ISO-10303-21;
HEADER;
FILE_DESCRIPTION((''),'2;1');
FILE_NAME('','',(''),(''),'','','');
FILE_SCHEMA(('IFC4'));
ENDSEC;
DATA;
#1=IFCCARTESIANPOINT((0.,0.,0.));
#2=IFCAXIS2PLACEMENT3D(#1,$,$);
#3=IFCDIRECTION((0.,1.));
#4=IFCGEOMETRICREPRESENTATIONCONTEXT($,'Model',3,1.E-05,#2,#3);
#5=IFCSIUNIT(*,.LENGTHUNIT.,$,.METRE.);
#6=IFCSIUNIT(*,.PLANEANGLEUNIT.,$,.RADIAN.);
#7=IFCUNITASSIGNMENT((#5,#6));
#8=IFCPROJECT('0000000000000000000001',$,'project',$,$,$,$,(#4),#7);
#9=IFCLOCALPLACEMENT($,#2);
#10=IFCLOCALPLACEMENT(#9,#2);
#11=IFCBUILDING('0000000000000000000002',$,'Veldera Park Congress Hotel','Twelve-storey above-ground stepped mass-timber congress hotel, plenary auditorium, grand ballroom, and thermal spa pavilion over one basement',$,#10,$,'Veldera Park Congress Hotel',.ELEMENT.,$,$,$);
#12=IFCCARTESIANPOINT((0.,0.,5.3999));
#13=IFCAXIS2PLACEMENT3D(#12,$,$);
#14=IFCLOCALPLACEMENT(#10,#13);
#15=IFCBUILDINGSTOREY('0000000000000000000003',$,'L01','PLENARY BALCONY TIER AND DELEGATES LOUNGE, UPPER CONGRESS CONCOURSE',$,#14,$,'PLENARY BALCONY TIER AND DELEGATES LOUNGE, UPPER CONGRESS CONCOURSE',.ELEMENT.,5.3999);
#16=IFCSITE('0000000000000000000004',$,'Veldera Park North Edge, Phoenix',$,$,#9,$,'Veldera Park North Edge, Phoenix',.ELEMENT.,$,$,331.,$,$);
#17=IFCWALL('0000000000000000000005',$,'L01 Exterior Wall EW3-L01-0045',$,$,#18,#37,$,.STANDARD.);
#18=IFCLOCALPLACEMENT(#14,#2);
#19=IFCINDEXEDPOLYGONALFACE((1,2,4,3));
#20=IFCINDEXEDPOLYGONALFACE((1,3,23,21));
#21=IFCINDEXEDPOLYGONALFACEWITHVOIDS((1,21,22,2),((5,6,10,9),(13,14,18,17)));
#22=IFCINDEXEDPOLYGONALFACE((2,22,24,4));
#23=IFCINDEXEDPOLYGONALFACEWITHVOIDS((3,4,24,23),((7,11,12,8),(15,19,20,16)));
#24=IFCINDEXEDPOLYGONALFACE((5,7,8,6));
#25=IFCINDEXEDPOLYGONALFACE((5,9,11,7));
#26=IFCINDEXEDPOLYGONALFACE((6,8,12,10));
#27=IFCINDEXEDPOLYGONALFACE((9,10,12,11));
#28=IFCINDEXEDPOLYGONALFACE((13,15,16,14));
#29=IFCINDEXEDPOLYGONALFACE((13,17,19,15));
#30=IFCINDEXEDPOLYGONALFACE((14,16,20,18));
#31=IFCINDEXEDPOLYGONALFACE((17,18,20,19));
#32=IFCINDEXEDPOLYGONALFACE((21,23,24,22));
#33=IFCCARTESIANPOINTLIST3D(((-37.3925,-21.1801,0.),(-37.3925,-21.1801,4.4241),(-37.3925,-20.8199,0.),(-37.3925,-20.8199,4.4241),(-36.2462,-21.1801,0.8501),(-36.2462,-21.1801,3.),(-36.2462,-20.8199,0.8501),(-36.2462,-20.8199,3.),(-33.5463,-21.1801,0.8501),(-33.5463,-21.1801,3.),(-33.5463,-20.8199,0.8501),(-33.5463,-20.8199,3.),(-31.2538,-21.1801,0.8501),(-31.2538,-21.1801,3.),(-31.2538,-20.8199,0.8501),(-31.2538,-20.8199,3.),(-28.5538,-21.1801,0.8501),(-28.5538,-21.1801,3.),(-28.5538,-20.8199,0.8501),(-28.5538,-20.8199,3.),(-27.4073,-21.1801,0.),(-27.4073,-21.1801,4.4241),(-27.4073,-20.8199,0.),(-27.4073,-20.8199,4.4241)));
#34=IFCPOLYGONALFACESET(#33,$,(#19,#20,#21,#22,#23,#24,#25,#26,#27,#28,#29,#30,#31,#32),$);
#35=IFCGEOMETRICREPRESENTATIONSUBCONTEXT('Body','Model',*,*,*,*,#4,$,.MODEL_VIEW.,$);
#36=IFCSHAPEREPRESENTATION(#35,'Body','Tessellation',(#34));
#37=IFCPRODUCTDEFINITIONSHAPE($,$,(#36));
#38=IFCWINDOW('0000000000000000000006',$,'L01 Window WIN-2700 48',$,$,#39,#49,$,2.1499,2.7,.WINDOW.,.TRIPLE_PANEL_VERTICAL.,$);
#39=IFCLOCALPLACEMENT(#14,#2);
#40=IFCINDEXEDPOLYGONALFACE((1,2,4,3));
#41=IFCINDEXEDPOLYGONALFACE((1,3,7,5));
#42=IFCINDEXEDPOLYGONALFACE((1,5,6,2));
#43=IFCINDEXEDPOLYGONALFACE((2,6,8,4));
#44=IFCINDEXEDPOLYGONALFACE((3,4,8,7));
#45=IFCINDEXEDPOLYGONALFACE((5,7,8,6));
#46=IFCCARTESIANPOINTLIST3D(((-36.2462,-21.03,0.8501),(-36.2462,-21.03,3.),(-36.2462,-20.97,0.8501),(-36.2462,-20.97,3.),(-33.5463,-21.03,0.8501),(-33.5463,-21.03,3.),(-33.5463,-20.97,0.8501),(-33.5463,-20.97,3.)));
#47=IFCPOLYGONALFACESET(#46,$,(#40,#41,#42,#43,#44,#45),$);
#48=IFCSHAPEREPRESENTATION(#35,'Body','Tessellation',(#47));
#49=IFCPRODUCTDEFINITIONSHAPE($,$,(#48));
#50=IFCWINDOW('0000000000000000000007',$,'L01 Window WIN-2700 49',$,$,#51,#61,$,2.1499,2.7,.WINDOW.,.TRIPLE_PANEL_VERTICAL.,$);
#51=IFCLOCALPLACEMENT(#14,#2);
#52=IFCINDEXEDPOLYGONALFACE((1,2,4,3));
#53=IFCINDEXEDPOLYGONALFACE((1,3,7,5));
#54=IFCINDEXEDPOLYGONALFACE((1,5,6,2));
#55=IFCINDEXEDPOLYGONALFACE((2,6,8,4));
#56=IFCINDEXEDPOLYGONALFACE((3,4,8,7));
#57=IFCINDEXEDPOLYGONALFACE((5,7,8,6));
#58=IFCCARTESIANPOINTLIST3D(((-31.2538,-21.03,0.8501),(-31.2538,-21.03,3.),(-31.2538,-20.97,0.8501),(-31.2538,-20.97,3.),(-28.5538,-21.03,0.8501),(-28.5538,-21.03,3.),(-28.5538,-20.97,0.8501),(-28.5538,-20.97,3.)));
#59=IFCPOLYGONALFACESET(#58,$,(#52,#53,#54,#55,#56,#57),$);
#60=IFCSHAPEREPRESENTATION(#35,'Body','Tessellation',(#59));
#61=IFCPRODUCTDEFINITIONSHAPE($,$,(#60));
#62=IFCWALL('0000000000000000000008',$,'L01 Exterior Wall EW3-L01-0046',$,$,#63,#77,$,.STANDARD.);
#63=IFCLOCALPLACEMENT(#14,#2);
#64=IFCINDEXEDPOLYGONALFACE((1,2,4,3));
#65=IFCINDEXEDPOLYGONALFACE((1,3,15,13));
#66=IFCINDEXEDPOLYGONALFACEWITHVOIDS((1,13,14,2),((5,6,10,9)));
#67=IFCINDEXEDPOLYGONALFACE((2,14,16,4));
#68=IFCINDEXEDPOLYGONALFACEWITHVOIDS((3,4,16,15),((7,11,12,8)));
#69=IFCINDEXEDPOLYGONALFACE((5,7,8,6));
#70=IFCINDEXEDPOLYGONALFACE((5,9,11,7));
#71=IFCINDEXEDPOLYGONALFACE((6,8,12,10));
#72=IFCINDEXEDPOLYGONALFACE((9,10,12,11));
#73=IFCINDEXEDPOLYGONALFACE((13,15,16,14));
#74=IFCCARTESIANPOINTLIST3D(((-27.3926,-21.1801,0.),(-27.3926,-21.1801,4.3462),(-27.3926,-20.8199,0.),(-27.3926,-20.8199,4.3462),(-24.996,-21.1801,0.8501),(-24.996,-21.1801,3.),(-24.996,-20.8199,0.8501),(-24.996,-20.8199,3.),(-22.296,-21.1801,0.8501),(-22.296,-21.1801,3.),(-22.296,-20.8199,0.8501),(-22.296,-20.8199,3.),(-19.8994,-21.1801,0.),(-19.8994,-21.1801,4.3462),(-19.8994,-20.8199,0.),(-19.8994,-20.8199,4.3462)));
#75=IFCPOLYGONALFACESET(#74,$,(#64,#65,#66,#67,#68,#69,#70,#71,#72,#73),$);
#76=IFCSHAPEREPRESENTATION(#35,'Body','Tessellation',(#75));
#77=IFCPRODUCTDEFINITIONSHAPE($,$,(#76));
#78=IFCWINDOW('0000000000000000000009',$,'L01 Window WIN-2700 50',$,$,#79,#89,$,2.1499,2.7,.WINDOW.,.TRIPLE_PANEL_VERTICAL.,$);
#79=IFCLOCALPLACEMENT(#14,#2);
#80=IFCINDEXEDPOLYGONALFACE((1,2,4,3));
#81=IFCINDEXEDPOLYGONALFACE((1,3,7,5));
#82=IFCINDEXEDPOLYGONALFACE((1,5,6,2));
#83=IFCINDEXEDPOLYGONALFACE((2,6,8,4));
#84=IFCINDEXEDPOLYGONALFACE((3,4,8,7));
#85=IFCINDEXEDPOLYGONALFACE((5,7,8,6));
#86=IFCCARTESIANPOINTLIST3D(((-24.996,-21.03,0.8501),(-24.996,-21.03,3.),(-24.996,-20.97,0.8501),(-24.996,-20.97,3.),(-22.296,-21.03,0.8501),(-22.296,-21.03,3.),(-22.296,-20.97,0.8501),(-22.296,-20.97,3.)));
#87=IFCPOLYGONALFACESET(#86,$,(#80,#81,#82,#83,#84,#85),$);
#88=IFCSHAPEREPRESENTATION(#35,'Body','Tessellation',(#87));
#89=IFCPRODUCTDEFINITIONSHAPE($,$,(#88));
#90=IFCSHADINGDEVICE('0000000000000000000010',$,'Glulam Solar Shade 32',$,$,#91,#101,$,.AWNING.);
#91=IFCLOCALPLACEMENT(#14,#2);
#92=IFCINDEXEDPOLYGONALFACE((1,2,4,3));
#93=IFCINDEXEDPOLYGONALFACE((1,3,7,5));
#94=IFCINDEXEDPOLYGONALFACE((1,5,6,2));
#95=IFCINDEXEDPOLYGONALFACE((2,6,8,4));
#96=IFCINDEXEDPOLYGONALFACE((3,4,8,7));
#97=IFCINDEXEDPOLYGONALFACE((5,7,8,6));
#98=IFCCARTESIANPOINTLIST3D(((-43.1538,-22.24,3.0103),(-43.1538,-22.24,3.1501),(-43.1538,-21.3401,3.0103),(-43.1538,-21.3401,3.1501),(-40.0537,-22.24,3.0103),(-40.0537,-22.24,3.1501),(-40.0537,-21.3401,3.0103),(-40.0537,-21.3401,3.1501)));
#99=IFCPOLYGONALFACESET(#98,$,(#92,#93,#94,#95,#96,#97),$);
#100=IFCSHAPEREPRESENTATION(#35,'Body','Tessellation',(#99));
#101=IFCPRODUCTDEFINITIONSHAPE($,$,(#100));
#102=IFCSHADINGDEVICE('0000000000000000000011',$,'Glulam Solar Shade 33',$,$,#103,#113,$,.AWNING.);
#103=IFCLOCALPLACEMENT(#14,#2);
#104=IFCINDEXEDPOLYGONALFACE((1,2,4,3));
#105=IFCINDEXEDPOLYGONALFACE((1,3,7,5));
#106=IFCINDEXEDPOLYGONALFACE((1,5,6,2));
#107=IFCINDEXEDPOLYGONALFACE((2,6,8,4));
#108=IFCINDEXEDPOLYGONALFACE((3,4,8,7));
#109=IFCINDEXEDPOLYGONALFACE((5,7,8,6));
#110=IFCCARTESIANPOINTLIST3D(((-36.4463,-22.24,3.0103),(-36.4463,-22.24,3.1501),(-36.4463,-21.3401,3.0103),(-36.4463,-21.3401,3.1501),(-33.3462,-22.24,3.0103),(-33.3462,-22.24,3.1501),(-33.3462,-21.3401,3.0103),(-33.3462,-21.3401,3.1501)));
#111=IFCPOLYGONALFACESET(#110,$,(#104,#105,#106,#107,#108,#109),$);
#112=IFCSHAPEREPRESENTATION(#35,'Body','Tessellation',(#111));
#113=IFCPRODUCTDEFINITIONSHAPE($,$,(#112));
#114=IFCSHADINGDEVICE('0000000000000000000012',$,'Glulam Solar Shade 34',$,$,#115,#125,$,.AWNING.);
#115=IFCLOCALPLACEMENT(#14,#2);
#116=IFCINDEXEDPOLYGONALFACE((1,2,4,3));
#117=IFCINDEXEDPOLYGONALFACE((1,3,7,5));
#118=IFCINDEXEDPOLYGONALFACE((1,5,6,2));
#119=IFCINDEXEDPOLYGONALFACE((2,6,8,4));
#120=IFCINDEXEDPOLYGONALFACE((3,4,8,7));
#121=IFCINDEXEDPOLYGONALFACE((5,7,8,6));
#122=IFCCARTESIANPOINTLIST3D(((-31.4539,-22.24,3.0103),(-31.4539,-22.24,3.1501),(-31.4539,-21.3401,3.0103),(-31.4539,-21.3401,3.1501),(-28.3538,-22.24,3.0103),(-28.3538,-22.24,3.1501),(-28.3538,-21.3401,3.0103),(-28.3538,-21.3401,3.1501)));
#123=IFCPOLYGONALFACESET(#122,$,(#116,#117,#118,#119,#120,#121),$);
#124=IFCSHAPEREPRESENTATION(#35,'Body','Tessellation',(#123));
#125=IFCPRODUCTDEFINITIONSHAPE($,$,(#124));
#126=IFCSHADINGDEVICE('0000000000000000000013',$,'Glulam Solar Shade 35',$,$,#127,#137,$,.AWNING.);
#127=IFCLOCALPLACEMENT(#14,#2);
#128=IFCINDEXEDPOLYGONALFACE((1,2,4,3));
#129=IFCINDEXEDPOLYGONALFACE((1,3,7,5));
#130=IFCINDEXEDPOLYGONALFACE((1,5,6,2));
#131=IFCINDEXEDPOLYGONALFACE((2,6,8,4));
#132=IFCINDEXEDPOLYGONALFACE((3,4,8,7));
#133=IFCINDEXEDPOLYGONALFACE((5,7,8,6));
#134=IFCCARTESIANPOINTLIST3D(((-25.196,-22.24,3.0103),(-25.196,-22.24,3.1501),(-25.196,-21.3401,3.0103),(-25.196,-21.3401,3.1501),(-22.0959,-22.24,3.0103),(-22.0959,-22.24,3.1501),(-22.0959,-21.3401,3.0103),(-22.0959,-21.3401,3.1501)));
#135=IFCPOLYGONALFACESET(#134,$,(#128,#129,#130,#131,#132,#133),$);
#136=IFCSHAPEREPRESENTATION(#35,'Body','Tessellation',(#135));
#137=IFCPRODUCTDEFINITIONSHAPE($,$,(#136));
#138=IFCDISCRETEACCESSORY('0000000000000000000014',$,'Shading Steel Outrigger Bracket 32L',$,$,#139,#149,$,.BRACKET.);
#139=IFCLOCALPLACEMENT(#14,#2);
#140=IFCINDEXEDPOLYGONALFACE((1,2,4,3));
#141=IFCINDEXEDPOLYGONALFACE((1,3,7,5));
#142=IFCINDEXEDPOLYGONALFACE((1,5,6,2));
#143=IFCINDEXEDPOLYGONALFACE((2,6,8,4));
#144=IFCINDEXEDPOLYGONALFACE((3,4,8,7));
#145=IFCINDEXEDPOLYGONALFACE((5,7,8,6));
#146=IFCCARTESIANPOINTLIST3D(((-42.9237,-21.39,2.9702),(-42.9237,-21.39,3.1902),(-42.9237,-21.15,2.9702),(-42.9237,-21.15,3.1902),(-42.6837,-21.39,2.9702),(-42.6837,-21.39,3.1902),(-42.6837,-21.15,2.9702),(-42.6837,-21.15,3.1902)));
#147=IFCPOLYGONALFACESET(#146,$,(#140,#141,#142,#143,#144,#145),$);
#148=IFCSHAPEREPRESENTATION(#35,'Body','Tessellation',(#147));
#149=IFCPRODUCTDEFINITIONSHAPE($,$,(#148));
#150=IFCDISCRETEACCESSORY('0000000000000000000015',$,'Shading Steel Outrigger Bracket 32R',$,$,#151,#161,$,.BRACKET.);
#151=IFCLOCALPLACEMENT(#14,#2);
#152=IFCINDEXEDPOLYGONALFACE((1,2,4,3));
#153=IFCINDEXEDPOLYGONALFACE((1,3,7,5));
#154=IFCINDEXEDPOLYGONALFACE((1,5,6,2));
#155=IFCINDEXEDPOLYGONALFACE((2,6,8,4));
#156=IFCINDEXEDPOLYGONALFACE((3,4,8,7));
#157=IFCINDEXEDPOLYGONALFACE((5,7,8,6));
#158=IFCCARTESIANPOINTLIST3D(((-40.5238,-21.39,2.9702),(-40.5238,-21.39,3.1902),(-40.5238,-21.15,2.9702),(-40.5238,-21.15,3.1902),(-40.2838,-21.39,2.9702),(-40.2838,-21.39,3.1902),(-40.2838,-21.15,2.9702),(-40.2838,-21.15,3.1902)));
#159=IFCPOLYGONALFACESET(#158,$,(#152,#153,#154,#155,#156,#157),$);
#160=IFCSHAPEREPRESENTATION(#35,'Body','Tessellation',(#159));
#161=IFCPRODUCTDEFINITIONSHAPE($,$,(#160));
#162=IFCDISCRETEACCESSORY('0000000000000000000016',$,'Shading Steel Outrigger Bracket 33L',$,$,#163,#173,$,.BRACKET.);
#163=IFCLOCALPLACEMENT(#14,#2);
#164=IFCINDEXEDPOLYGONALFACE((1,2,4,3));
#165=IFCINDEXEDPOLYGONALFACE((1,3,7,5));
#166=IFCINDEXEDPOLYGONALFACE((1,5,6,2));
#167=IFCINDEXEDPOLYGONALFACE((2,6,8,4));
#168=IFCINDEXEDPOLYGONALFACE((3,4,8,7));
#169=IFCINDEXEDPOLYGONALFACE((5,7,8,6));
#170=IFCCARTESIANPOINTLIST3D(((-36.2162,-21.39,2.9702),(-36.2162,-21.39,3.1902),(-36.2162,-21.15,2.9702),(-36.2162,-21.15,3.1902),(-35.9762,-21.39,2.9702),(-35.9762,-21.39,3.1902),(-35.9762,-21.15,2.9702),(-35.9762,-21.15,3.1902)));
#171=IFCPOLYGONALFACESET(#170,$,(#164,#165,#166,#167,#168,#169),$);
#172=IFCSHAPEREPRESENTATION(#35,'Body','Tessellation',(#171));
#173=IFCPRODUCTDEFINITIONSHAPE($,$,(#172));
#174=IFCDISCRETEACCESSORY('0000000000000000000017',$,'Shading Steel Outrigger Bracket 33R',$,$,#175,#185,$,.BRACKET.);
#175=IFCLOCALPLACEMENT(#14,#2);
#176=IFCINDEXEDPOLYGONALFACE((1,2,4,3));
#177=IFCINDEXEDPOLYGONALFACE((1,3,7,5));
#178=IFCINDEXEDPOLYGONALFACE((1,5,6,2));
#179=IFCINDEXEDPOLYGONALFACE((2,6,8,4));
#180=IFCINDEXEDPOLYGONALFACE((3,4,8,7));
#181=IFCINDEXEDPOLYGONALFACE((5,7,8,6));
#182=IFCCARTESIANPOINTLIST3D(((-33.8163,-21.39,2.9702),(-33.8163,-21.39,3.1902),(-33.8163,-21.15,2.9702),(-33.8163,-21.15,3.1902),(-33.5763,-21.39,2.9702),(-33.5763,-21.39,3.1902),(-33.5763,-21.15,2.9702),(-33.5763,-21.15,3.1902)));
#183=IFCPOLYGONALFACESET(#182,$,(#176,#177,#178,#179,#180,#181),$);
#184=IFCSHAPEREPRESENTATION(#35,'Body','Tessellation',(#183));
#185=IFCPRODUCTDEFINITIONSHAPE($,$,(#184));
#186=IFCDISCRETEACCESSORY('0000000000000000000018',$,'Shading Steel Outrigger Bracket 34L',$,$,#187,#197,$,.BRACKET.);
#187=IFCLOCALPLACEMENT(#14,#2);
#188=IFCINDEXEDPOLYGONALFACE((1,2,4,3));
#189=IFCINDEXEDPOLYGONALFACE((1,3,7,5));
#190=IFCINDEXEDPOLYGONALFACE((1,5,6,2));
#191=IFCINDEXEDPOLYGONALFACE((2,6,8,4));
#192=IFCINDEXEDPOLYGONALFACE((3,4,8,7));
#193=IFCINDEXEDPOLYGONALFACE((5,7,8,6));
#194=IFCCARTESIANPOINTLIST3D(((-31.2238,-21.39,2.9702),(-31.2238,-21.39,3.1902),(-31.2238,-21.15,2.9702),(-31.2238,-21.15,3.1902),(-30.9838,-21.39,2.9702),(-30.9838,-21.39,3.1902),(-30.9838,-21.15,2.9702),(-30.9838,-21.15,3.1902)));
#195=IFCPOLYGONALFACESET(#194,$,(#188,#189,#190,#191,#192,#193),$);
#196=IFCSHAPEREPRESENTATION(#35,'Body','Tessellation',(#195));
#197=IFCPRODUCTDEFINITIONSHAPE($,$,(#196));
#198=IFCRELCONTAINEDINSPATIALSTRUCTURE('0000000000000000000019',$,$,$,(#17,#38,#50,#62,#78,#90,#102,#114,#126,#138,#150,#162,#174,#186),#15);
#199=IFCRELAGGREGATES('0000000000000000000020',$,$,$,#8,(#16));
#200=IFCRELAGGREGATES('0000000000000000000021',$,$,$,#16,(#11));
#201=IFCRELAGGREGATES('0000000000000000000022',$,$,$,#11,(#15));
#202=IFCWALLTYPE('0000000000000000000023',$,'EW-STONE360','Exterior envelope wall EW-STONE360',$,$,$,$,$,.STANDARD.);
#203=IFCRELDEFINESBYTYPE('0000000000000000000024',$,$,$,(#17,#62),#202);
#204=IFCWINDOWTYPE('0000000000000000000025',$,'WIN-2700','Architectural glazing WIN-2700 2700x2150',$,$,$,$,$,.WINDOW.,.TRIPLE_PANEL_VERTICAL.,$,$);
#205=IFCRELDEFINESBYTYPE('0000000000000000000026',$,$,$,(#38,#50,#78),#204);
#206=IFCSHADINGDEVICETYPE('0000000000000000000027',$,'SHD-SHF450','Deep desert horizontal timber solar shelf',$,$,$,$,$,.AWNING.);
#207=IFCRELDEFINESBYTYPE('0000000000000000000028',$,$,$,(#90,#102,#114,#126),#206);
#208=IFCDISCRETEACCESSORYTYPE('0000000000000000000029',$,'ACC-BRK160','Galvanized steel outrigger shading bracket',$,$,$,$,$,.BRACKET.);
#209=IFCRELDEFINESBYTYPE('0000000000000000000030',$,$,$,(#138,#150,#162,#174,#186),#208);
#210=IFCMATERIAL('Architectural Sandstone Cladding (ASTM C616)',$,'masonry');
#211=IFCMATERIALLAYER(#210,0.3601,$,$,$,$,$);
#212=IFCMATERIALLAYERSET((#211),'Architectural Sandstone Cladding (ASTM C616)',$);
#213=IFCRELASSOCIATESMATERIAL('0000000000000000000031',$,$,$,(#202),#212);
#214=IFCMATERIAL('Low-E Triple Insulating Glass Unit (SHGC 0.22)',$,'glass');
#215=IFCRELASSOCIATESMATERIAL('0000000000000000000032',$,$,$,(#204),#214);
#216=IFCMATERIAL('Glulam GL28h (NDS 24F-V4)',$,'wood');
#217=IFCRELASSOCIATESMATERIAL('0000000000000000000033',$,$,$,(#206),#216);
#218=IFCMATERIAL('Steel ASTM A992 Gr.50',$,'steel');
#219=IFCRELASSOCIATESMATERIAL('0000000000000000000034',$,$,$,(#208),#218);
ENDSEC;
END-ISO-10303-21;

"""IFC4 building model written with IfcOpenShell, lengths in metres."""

from ifc_helpers import new_model, si_unit, direction, frame, frame_2d, origin, origin_2d, place, context, subcontext, project, spatial, rectangle, extrude, material, layer, layer_set, type_object, element, fill, save


model = new_model("IFC4")

# Units and contexts
model_context = context("Model", 3, precision=1e-05, world=origin(), true_north=direction((0.0, 1.0)))
body_context = subcontext(model_context, "Body", "Model", "MODEL_VIEW")
ifc_project = project(units=[si_unit("LENGTHUNIT", "METRE"), si_unit("PLANEANGLEUNIT", "RADIAN")], contexts=[model_context])

# Site, building, storey
site_placement = place(None, origin())
site = spatial("IfcSite", under=ifc_project, at=site_placement, Name="Veldera Park North Edge, Phoenix", LongName="Veldera Park North Edge, Phoenix", CompositionType="ELEMENT", RefElevation=331.0)
building_placement = place(site_placement, origin())
building = spatial("IfcBuilding", under=site, at=building_placement, Name="Veldera Park Congress Hotel", Description="Twelve-storey above-ground stepped mass-timber congress hotel, plenary auditorium, grand ballroom, and thermal spa pavilion over one basement", LongName="Veldera Park Congress Hotel", CompositionType="ELEMENT")
storey_placement = place(building_placement, frame((0.0, 0.0, 5.3999)))
storey = spatial("IfcBuildingStorey", under=building, at=storey_placement, Name="L01", Description="PLENARY BALCONY TIER AND DELEGATES LOUNGE, UPPER CONGRESS CONCOURSE", LongName="PLENARY BALCONY TIER AND DELEGATES LOUNGE, UPPER CONGRESS CONCOURSE", CompositionType="ELEMENT", Elevation=5.3999)

# Shared definitions
ifc_material_1 = material(Name="Steel ASTM A992 Gr.50", Category="steel")

# Shared definitions
ifc_material_2 = material(Name="Low-E Triple Insulating Glass Unit (SHGC 0.22)", Category="glass")

# Shared definitions
ifc_material_3 = material(Name="Architectural Sandstone Cladding (ASTM C616)", Category="masonry")
ifc_layer = layer(ifc_material_3, 0.3601)
ifc_layer_set = layer_set([ifc_layer], Name="Architectural Sandstone Cladding (ASTM C616)")
wall_type = type_object("IfcWallType", Name="EW-STONE360", Description="Exterior envelope wall EW-STONE360", PredefinedType="STANDARD", material=ifc_layer_set)
window_type = type_object("IfcWindowType", Name="WIN-2700", Description="Architectural glazing WIN-2700 2700x2150", PartitioningType="TRIPLE_PANEL_VERTICAL", PredefinedType="WINDOW", material=ifc_material_2)

# Wall, openings, windows
wall_1_placement = place(storey_placement, frame((-37.3926, -21.0, 0.0), z_axis=(0.0, 0.0, 1.0), x_axis=(1.0, 0.0, 0.0)))
wall_1 = element("IfcWall", 1, at=wall_1_placement, inside=storey, type_object=wall_type, Name="L01 Exterior Wall EW3-L01-0045", PredefinedType="STANDARD", context=body_context, shape_type="SweptSolid", body=[
    extrude(rectangle(XDim=9.9851, YDim=0.3601, at=frame_2d((4.9927, 0.0))), origin(), (0.0, 0.0, 1.0), 4.4241),
])
opening_1_placement = place(wall_1_placement, frame((1.1462, 0.0, 0.8501)))
opening_1 = element("IfcOpeningElement", 2, at=opening_1_placement, cuts=wall_1, PredefinedType="OPENING", context=body_context, shape_type="SweptSolid", body=[
    extrude(rectangle(XDim=2.7, YDim=2.1499, at=frame_2d((1.3501, 1.075))), frame((0.0, 0.1921, 0.0), z_axis=(0.0, -1.0, 0.0), x_axis=(1.0, 0.0, 0.0)), (0.0, 0.0, 1.0), 0.384),
])
opening_2_placement = place(wall_1_placement, frame((6.1387, 0.0, 0.8501)))
opening_2 = element("IfcOpeningElement", 3, at=opening_2_placement, cuts=wall_1, PredefinedType="OPENING", context=body_context, shape_type="SweptSolid", body=[
    extrude(rectangle(XDim=2.7, YDim=2.1499, at=frame_2d((1.3501, 1.075))), frame((0.0, 0.1921, 0.0), z_axis=(0.0, -1.0, 0.0), x_axis=(1.0, 0.0, 0.0)), (0.0, 0.0, 1.0), 0.384),
])
window_1_placement = place(opening_1_placement, origin())
window_1 = element("IfcWindow", 4, at=window_1_placement, inside=storey, type_object=window_type, Name="L01 Window WIN-2700 48", OverallHeight=2.1499, OverallWidth=2.7, PartitioningType="TRIPLE_PANEL_VERTICAL", PredefinedType="WINDOW", context=body_context, shape_type="SweptSolid", body=[
    extrude(rectangle(XDim=2.7, YDim=2.1499, at=frame_2d((1.3501, 1.075))), frame((0.0, 0.03, 0.0), z_axis=(0.0, -1.0, 0.0), x_axis=(1.0, 0.0, 0.0)), (0.0, 0.0, 1.0), 0.0601),
])
fill(opening_1, window_1)
window_2_placement = place(opening_2_placement, origin())
window_2 = element("IfcWindow", 5, at=window_2_placement, inside=storey, type_object=window_type, Name="L01 Window WIN-2700 49", OverallHeight=2.1499, OverallWidth=2.7, PartitioningType="TRIPLE_PANEL_VERTICAL", PredefinedType="WINDOW", context=body_context, shape_type="SweptSolid", body=[
    extrude(rectangle(XDim=2.7, YDim=2.1499, at=frame_2d((1.3501, 1.075))), frame((0.0, 0.03, 0.0), z_axis=(0.0, -1.0, 0.0), x_axis=(1.0, 0.0, 0.0)), (0.0, 0.0, 1.0), 0.0601),
])
fill(opening_2, window_2)

# Wall, opening, window
wall_2_placement = place(storey_placement, frame((-27.3926, -21.0, 0.0), z_axis=(0.0, 0.0, 1.0), x_axis=(1.0, 0.0, 0.0)))
wall_2 = element("IfcWall", 6, at=wall_2_placement, inside=storey, type_object=wall_type, Name="L01 Exterior Wall EW3-L01-0046", PredefinedType="STANDARD", context=body_context, shape_type="SweptSolid", body=[
    extrude(rectangle(XDim=7.4932, YDim=0.3601, at=frame_2d((3.7466, 0.0))), origin(), (0.0, 0.0, 1.0), 4.3462),
])
opening_3_placement = place(wall_2_placement, frame((2.3965, 0.0, 0.8501)))
opening_3 = element("IfcOpeningElement", 7, at=opening_3_placement, cuts=wall_2, PredefinedType="OPENING", context=body_context, shape_type="SweptSolid", body=[
    extrude(rectangle(XDim=2.7, YDim=2.1499, at=frame_2d((1.3501, 1.075))), frame((0.0, 0.1921, 0.0), z_axis=(0.0, -1.0, 0.0), x_axis=(1.0, 0.0, 0.0)), (0.0, 0.0, 1.0), 0.384),
])
window_3_placement = place(opening_3_placement, origin())
window_3 = element("IfcWindow", 8, at=window_3_placement, inside=storey, type_object=window_type, Name="L01 Window WIN-2700 50", OverallHeight=2.1499, OverallWidth=2.7, PartitioningType="TRIPLE_PANEL_VERTICAL", PredefinedType="WINDOW", context=body_context, shape_type="SweptSolid", body=[
    extrude(rectangle(XDim=2.7, YDim=2.1499, at=frame_2d((1.3501, 1.075))), frame((0.0, 0.03, 0.0), z_axis=(0.0, -1.0, 0.0), x_axis=(1.0, 0.0, 0.0)), (0.0, 0.0, 1.0), 0.0601),
])
fill(opening_3, window_3)

# Shading devices
ifc_material_4 = material(Name="Glulam GL28h (NDS 24F-V4)", Category="wood")
shading_device_type = type_object("IfcShadingDeviceType", Name="SHD-SHF450", Description="Deep desert horizontal timber solar shelf", PredefinedType="AWNING", material=ifc_material_4)
for number, where, z_axis, x_axis, name in (
    (9, (-41.6038, -21.79, 3.0103), (0.0, 0.0, 1.0), (1.0, 0.0, 0.0), "Glulam Solar Shade 32"),
    (10, (-34.8962, -21.79, 3.0103), (0.0, 0.0, 1.0), (1.0, 0.0, 0.0), "Glulam Solar Shade 33"),
    (11, (-29.9038, -21.79, 3.0103), (0.0, 0.0, 1.0), (1.0, 0.0, 0.0), "Glulam Solar Shade 34"),
    (12, (-23.646, -21.79, 3.0103), (0.0, 0.0, 1.0), (1.0, 0.0, 0.0), "Glulam Solar Shade 35"),
):
    element("IfcShadingDevice", number, at=place(storey_placement, frame(where, z_axis=z_axis, x_axis=x_axis)), inside=storey, type_object=shading_device_type, Name=name, PredefinedType="AWNING", context=body_context, shape_type="SweptSolid", body=[
        extrude(rectangle(XDim=3.1001, YDim=0.8999, at=origin_2d()), origin(), (0.0, 0.0, 1.0), 0.1399),
    ])

# Discrete accessories
discrete_accessory_type = type_object("IfcDiscreteAccessoryType", Name="ACC-BRK160", Description="Galvanized steel outrigger shading bracket", PredefinedType="BRACKET", material=ifc_material_1)
for number, where, z_axis, x_axis, name in (
    (13, (-42.8037, -21.27, 2.9702), (0.0, 0.0, 1.0), (1.0, 0.0, 0.0), "Shading Steel Outrigger Bracket 32L"),
    (14, (-40.4038, -21.27, 2.9702), (0.0, 0.0, 1.0), (1.0, 0.0, 0.0), "Shading Steel Outrigger Bracket 32R"),
    (15, (-36.0962, -21.27, 2.9702), (0.0, 0.0, 1.0), (1.0, 0.0, 0.0), "Shading Steel Outrigger Bracket 33L"),
    (16, (-33.6963, -21.27, 2.9702), (0.0, 0.0, 1.0), (1.0, 0.0, 0.0), "Shading Steel Outrigger Bracket 33R"),
    (17, (-31.1038, -21.27, 2.9702), (0.0, 0.0, 1.0), (1.0, 0.0, 0.0), "Shading Steel Outrigger Bracket 34L"),
):
    element("IfcDiscreteAccessory", number, at=place(storey_placement, frame(where, z_axis=z_axis, x_axis=x_axis)), inside=storey, type_object=discrete_accessory_type, Name=name, PredefinedType="BRACKET", context=body_context, shape_type="SweptSolid", body=[
        extrude(rectangle(XDim=0.24, YDim=0.24, at=origin_2d()), origin(), (0.0, 0.0, 1.0), 0.22),
    ])

save(model, "model.ifc")
